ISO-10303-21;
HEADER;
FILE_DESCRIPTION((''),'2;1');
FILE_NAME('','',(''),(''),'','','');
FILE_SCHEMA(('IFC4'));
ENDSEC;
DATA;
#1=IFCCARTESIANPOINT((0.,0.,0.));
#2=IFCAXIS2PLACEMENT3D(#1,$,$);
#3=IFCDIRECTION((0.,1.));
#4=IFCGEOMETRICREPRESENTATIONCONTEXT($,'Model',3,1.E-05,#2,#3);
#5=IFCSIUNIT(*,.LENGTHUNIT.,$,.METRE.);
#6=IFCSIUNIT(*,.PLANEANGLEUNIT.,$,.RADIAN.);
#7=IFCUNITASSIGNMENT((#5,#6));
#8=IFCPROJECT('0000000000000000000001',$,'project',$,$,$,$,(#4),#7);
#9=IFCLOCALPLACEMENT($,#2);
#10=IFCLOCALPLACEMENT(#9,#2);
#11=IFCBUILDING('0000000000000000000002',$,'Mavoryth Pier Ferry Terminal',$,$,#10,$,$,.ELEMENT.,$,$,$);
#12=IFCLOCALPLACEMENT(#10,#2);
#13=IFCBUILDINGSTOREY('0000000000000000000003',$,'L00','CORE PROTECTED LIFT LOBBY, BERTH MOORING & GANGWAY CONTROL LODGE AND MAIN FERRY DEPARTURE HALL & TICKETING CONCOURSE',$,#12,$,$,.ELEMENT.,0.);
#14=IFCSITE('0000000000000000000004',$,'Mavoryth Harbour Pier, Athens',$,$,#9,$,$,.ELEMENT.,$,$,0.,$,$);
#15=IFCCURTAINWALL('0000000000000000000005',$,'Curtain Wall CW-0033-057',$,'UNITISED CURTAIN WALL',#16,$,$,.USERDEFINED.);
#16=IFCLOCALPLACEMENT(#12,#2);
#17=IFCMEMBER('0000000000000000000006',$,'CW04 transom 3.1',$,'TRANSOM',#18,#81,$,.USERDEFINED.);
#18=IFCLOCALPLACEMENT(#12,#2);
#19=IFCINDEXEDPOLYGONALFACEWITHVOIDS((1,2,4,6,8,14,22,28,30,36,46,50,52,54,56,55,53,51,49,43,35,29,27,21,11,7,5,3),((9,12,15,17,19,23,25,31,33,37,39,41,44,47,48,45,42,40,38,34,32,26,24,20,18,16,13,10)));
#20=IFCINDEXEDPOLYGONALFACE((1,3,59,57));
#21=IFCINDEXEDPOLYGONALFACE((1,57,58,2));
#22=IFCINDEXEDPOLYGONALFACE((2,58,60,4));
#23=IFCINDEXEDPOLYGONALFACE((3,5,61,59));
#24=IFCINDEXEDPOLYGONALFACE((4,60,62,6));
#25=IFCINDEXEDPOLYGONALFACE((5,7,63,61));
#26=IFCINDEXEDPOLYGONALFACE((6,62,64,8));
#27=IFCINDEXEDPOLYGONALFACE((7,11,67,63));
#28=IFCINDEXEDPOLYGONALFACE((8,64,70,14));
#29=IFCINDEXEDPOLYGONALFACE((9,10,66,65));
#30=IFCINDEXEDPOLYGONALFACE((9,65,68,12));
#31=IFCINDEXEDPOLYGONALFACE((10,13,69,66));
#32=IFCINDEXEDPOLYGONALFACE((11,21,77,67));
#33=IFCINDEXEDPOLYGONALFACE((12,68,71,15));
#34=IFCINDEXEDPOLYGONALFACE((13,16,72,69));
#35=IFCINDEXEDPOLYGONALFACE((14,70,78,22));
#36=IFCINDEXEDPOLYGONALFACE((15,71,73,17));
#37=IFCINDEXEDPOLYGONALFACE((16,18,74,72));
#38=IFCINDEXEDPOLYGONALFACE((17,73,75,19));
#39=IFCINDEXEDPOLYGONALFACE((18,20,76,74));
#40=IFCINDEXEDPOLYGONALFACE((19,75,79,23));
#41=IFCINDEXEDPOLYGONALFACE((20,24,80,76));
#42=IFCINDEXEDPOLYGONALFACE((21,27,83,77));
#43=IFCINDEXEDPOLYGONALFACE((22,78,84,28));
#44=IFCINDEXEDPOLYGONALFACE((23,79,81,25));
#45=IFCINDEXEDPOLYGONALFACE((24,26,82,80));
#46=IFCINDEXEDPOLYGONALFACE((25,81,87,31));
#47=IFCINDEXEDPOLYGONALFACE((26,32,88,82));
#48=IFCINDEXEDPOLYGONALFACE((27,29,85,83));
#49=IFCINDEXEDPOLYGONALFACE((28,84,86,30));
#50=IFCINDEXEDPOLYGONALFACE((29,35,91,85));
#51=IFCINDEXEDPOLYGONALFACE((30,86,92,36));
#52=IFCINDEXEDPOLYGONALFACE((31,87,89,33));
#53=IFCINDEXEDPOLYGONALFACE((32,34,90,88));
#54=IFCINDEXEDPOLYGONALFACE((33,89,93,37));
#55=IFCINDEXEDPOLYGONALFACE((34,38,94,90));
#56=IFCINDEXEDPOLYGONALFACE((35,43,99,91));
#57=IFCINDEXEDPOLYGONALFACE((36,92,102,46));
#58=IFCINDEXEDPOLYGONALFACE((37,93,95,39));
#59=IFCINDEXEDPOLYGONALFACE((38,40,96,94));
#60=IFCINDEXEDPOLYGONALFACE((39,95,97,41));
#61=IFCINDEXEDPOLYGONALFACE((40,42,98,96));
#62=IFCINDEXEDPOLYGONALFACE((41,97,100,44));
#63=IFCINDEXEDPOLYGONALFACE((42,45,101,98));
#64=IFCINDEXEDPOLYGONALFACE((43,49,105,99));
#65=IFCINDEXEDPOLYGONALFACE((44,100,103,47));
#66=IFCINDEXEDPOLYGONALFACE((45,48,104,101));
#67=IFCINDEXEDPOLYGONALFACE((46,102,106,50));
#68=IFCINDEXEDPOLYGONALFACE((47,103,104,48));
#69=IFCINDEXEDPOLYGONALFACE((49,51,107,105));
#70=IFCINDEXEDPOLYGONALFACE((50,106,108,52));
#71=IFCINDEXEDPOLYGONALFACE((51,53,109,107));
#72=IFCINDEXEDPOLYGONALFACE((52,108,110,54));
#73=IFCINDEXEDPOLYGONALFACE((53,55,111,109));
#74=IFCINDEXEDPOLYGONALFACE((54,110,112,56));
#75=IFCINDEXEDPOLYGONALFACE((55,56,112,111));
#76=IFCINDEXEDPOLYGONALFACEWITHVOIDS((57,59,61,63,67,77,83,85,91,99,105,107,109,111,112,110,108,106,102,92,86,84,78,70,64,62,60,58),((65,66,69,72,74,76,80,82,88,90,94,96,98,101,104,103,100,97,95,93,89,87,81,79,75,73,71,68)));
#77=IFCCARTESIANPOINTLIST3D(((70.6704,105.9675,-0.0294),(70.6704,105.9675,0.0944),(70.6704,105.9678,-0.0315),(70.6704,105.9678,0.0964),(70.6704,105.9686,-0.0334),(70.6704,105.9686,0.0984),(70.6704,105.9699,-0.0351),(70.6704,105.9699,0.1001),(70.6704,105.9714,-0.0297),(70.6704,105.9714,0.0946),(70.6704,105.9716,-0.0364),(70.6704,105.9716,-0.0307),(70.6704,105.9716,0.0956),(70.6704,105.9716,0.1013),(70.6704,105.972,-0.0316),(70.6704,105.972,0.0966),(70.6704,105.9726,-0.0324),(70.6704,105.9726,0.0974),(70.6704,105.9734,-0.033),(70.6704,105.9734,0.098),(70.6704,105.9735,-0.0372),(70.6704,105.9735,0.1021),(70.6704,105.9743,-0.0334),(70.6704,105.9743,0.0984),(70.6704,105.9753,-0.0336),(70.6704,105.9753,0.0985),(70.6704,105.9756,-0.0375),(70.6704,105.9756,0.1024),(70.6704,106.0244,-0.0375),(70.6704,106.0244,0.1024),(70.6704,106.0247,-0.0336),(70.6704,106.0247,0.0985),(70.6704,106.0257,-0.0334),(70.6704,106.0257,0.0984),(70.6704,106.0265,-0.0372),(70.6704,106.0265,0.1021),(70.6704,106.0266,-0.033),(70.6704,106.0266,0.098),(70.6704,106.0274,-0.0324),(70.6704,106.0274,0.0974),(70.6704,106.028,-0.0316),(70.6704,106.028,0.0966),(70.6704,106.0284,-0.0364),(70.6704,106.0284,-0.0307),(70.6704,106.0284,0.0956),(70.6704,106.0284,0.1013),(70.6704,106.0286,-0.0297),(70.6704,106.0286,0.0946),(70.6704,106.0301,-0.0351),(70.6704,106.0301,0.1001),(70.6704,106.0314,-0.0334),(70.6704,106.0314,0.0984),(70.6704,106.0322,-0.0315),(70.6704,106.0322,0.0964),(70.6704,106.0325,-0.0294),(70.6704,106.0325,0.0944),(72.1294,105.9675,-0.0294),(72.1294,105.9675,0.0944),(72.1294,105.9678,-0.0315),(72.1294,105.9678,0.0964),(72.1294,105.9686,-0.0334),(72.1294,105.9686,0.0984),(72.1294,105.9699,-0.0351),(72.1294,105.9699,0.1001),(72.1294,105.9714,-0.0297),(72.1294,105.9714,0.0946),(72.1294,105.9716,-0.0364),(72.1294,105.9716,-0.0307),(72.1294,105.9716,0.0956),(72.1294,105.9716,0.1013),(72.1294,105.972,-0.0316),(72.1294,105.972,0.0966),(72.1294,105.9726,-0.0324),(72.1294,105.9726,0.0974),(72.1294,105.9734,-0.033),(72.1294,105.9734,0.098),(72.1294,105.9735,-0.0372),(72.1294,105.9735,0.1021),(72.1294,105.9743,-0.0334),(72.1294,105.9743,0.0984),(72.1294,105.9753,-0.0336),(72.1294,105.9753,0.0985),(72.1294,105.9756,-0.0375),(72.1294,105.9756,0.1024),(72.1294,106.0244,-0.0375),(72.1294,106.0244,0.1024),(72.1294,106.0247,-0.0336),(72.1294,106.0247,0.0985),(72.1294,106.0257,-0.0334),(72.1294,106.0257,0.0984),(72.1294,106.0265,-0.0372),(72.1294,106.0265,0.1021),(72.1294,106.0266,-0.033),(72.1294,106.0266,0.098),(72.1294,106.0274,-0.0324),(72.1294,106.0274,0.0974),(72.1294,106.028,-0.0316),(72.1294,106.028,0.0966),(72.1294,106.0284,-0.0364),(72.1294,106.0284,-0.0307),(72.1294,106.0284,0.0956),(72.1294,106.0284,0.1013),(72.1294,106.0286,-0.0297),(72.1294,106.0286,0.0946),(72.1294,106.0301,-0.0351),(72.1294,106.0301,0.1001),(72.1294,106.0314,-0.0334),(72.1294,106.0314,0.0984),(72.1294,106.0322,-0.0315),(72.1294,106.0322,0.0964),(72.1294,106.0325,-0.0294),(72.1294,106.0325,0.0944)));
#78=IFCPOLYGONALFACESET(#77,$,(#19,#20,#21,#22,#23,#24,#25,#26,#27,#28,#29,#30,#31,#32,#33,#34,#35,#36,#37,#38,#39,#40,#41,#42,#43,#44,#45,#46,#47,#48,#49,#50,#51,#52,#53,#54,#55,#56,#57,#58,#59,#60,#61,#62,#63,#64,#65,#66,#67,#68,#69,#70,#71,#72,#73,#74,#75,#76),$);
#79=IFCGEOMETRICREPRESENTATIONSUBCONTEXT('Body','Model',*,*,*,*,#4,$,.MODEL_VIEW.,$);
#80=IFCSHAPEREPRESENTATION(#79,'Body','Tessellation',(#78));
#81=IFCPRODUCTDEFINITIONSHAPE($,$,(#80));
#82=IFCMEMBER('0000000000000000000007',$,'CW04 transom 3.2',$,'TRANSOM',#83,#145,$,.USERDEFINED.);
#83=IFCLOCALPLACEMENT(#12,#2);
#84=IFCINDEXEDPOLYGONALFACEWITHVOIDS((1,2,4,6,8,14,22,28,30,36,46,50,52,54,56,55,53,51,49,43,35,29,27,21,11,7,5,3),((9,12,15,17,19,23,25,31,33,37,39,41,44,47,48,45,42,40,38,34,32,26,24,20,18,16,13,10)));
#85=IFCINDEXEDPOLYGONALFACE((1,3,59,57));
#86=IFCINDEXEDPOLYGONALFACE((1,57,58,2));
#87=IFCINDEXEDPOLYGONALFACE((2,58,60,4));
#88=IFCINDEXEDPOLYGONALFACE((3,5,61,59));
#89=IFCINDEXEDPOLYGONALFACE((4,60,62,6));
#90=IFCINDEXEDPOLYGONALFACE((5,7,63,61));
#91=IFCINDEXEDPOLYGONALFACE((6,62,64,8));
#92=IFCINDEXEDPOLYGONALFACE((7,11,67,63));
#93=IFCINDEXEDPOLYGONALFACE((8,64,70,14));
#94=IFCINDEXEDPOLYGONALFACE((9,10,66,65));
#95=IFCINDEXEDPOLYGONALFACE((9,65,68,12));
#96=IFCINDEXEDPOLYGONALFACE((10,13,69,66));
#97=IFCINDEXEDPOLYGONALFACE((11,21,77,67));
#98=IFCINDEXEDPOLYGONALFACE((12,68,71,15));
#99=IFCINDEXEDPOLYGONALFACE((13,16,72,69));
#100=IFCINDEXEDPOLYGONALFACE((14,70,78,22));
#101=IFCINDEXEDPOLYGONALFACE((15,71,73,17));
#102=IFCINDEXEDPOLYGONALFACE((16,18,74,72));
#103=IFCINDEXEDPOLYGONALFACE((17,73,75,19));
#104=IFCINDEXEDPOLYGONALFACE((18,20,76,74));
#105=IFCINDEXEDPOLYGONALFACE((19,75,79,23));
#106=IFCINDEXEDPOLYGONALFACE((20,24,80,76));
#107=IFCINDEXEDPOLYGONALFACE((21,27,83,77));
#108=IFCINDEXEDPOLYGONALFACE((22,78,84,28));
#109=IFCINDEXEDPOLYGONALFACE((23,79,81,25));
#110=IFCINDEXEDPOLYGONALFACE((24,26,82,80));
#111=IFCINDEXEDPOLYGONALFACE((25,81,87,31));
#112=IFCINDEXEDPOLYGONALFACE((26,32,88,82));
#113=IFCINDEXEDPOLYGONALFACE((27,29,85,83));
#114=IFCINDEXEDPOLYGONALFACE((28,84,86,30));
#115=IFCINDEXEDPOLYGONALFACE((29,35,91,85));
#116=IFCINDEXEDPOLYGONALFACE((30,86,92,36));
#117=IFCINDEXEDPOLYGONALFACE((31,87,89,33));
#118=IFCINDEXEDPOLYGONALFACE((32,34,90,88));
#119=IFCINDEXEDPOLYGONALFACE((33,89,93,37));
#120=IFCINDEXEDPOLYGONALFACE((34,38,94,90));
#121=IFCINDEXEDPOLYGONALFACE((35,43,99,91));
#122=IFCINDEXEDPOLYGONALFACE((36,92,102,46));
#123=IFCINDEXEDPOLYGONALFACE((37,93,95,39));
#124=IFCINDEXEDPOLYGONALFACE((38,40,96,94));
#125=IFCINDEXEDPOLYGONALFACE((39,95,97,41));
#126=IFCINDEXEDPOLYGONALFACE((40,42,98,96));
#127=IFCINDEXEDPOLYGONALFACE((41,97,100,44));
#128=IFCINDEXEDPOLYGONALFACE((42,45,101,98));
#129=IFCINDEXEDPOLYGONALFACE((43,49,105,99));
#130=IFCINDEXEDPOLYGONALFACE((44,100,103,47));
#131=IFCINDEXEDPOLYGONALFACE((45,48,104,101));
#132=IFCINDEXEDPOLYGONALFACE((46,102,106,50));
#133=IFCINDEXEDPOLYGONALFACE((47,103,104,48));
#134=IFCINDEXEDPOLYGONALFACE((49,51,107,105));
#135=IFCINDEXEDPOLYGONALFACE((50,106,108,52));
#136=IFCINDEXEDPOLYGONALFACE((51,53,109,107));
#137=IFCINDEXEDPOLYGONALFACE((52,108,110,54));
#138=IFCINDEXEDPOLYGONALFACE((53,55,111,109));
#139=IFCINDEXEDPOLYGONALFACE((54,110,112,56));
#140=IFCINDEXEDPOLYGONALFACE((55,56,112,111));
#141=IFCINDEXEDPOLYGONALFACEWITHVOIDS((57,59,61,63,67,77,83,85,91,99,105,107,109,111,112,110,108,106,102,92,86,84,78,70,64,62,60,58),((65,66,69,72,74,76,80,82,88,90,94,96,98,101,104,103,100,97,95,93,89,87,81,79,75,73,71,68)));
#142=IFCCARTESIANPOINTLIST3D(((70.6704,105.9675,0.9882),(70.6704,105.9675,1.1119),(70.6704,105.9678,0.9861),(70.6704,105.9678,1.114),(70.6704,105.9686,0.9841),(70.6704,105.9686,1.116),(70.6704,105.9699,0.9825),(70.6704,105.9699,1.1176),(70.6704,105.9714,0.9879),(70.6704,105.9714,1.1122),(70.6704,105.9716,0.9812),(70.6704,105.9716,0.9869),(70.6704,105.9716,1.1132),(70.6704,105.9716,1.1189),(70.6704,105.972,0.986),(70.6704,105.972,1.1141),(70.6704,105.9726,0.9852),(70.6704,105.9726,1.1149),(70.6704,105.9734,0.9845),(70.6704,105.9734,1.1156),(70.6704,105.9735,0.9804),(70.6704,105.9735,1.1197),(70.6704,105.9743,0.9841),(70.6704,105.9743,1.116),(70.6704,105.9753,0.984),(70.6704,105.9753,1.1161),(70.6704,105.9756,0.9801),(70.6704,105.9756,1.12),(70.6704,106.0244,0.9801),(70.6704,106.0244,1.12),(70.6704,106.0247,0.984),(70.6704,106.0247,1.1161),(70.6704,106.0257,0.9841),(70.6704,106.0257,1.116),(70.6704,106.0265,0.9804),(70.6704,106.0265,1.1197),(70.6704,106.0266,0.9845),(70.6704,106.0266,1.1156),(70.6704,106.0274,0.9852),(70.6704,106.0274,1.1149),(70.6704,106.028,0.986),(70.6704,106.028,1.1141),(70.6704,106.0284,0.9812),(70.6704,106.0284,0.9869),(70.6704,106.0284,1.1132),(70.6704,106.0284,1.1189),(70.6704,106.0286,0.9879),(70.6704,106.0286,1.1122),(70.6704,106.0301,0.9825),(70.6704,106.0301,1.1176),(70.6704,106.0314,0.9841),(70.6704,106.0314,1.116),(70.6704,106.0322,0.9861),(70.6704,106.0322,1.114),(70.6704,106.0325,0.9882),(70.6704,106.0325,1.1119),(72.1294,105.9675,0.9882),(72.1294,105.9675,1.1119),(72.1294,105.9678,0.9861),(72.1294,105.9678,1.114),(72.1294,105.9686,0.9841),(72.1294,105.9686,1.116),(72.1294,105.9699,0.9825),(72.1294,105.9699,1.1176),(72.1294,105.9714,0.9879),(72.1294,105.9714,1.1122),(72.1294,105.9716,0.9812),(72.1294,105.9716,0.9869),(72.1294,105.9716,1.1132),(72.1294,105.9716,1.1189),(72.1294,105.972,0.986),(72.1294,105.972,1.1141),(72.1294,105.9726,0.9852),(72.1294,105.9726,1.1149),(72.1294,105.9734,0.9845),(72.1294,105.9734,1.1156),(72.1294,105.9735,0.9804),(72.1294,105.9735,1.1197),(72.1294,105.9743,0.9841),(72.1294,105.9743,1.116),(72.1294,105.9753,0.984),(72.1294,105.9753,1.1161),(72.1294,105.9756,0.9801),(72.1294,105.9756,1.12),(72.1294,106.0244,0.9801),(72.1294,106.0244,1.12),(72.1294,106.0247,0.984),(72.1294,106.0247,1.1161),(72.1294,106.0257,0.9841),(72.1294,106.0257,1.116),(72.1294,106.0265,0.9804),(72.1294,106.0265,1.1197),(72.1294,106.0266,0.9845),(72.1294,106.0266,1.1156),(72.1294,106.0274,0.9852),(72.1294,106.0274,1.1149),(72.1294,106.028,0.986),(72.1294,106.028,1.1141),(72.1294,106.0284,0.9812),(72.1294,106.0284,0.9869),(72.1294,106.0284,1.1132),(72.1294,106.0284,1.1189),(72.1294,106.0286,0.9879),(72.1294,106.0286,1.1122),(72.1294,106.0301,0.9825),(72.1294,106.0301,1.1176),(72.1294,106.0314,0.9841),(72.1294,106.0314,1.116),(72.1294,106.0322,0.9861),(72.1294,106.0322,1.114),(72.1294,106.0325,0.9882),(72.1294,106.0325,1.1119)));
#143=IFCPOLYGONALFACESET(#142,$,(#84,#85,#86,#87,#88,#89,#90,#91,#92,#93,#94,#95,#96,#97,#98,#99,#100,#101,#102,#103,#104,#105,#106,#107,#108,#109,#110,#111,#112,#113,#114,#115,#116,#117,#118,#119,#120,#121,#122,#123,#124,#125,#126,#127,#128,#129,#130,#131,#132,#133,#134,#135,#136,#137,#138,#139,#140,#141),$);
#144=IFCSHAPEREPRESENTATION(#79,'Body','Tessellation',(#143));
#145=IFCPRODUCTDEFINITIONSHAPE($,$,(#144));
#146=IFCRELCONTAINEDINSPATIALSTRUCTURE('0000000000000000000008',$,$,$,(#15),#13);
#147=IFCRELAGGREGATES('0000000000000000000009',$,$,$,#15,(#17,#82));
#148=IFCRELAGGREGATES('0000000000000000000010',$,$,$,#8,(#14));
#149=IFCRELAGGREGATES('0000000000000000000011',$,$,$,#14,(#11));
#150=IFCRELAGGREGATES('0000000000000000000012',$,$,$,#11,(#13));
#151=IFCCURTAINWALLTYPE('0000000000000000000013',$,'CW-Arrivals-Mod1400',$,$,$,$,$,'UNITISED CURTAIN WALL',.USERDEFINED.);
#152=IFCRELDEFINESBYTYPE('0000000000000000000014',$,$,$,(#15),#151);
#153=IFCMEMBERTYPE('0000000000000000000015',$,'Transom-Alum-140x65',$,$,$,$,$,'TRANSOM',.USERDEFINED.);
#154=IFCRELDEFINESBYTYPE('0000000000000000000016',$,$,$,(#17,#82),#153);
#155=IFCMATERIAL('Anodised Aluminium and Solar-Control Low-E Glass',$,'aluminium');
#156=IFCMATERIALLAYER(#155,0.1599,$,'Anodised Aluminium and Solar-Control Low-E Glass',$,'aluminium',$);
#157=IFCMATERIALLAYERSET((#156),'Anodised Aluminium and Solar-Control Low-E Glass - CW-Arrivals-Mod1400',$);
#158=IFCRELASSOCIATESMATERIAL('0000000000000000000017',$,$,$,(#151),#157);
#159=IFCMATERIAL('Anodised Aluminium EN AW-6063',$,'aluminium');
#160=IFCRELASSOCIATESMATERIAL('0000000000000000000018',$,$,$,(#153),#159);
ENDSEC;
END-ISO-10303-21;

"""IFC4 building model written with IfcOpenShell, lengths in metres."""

from ifc_helpers import new_model, si_unit, direction, frame, origin, origin_2d, place, context, subcontext, project, spatial, hollow_rectangle, extrude, material, layer, layer_set, material_profile, profile_set, type_object, element, aggregate, save


model = new_model("IFC4")

# Units and contexts
model_context = context("Model", 3, precision=1e-05, world=origin(), true_north=direction((0.0, 1.0)))
body_context = subcontext(model_context, "Body", "Model", "MODEL_VIEW")
ifc_project = project(units=[si_unit("LENGTHUNIT", "METRE"), si_unit("PLANEANGLEUNIT", "RADIAN")], contexts=[model_context])

# Site, building, storey
site_placement = place(None, origin())
site = spatial("IfcSite", under=ifc_project, at=site_placement, Name="Mavoryth Harbour Pier, Athens", CompositionType="ELEMENT", RefElevation=0.0)
building_placement = place(site_placement, origin())
building = spatial("IfcBuilding", under=site, at=building_placement, Name="Mavoryth Pier Ferry Terminal", CompositionType="ELEMENT")
storey_placement = place(building_placement, origin())
storey = spatial("IfcBuildingStorey", under=building, at=storey_placement, Name="L00", Description="CORE PROTECTED LIFT LOBBY, BERTH MOORING & GANGWAY CONTROL LODGE AND MAIN FERRY DEPARTURE HALL & TICKETING CONCOURSE", CompositionType="ELEMENT", Elevation=0.0)

# Curtain wall, members
ifc_material_1 = material(Name="Anodised Aluminium and Solar-Control Low-E Glass", Category="aluminium")
ifc_layer_1 = layer(ifc_material_1, 0.1599, Name="Anodised Aluminium and Solar-Control Low-E Glass", Category="aluminium")
ifc_layer_set_1 = layer_set([ifc_layer_1], Name="Anodised Aluminium and Solar-Control Low-E Glass - CW-Arrivals-Mod1400")
curtain_wall_type = type_object("IfcCurtainWallType", Name="CW-Arrivals-Mod1400", ElementType="UNITISED CURTAIN WALL", PredefinedType="USERDEFINED", material=ifc_layer_set_1)
curtain_wall_placement = place(storey_placement, origin())
curtain_wall = element("IfcCurtainWall", 1, at=curtain_wall_placement, inside=storey, type_object=curtain_wall_type, Name="Curtain Wall CW-0033-057", ObjectType="UNITISED CURTAIN WALL", PredefinedType="USERDEFINED")
ifc_material_2 = material(Name="Anodised Aluminium EN AW-6063", Category="aluminium")
ifc_material_profile_1 = material_profile(ifc_material_2, hollow_rectangle(XDim=0.0649, YDim=0.1399, WallThickness=0.0039, InnerFilletRadius=0.0039, OuterFilletRadius=0.0081, at=origin_2d()), Name="AL-TRAN 140x65x4", Category="aluminium")
ifc_profile_set_1 = profile_set([ifc_material_profile_1], Name="Anodised Aluminium EN AW-6063 - AL-TRAN 140x65x4")
member_type_1 = type_object("IfcMemberType", Name="Transom-Alum-140x65", ElementType="TRANSOM", PredefinedType="USERDEFINED", material=ifc_profile_set_1)
member_1_placement = place(storey_placement, frame((72.1294, 106.0, 0.0325), z_axis=(-1.0, 0.0, 0.0), x_axis=(0.0, -1.0, 0.0)))
member_1 = element("IfcMember", 2, at=member_1_placement, type_object=member_type_1, Name="CW04 transom 3.1", ObjectType="TRANSOM", PredefinedType="USERDEFINED", context=body_context, shape_type="SweptSolid", body=[
    extrude(hollow_rectangle(XDim=0.0649, YDim=0.1399, WallThickness=0.0039, InnerFilletRadius=0.0039, OuterFilletRadius=0.0081, at=origin_2d()), origin(), (0.0, 0.0, 1.0), 1.459),
])
member_2_placement = place(storey_placement, frame((72.1294, 106.0, 1.05), z_axis=(-1.0, 0.0, 0.0), x_axis=(0.0, -1.0, 0.0)))
member_2 = element("IfcMember", 3, at=member_2_placement, type_object=member_type_1, Name="CW04 transom 3.2", ObjectType="TRANSOM", PredefinedType="USERDEFINED", context=body_context, shape_type="SweptSolid", body=[
    extrude(hollow_rectangle(XDim=0.0649, YDim=0.1399, WallThickness=0.0039, InnerFilletRadius=0.0039, OuterFilletRadius=0.0081, at=origin_2d()), origin(), (0.0, 0.0, 1.0), 1.459),
])
aggregate(curtain_wall, [member_1, member_2])

save(model, "model.ifc")
